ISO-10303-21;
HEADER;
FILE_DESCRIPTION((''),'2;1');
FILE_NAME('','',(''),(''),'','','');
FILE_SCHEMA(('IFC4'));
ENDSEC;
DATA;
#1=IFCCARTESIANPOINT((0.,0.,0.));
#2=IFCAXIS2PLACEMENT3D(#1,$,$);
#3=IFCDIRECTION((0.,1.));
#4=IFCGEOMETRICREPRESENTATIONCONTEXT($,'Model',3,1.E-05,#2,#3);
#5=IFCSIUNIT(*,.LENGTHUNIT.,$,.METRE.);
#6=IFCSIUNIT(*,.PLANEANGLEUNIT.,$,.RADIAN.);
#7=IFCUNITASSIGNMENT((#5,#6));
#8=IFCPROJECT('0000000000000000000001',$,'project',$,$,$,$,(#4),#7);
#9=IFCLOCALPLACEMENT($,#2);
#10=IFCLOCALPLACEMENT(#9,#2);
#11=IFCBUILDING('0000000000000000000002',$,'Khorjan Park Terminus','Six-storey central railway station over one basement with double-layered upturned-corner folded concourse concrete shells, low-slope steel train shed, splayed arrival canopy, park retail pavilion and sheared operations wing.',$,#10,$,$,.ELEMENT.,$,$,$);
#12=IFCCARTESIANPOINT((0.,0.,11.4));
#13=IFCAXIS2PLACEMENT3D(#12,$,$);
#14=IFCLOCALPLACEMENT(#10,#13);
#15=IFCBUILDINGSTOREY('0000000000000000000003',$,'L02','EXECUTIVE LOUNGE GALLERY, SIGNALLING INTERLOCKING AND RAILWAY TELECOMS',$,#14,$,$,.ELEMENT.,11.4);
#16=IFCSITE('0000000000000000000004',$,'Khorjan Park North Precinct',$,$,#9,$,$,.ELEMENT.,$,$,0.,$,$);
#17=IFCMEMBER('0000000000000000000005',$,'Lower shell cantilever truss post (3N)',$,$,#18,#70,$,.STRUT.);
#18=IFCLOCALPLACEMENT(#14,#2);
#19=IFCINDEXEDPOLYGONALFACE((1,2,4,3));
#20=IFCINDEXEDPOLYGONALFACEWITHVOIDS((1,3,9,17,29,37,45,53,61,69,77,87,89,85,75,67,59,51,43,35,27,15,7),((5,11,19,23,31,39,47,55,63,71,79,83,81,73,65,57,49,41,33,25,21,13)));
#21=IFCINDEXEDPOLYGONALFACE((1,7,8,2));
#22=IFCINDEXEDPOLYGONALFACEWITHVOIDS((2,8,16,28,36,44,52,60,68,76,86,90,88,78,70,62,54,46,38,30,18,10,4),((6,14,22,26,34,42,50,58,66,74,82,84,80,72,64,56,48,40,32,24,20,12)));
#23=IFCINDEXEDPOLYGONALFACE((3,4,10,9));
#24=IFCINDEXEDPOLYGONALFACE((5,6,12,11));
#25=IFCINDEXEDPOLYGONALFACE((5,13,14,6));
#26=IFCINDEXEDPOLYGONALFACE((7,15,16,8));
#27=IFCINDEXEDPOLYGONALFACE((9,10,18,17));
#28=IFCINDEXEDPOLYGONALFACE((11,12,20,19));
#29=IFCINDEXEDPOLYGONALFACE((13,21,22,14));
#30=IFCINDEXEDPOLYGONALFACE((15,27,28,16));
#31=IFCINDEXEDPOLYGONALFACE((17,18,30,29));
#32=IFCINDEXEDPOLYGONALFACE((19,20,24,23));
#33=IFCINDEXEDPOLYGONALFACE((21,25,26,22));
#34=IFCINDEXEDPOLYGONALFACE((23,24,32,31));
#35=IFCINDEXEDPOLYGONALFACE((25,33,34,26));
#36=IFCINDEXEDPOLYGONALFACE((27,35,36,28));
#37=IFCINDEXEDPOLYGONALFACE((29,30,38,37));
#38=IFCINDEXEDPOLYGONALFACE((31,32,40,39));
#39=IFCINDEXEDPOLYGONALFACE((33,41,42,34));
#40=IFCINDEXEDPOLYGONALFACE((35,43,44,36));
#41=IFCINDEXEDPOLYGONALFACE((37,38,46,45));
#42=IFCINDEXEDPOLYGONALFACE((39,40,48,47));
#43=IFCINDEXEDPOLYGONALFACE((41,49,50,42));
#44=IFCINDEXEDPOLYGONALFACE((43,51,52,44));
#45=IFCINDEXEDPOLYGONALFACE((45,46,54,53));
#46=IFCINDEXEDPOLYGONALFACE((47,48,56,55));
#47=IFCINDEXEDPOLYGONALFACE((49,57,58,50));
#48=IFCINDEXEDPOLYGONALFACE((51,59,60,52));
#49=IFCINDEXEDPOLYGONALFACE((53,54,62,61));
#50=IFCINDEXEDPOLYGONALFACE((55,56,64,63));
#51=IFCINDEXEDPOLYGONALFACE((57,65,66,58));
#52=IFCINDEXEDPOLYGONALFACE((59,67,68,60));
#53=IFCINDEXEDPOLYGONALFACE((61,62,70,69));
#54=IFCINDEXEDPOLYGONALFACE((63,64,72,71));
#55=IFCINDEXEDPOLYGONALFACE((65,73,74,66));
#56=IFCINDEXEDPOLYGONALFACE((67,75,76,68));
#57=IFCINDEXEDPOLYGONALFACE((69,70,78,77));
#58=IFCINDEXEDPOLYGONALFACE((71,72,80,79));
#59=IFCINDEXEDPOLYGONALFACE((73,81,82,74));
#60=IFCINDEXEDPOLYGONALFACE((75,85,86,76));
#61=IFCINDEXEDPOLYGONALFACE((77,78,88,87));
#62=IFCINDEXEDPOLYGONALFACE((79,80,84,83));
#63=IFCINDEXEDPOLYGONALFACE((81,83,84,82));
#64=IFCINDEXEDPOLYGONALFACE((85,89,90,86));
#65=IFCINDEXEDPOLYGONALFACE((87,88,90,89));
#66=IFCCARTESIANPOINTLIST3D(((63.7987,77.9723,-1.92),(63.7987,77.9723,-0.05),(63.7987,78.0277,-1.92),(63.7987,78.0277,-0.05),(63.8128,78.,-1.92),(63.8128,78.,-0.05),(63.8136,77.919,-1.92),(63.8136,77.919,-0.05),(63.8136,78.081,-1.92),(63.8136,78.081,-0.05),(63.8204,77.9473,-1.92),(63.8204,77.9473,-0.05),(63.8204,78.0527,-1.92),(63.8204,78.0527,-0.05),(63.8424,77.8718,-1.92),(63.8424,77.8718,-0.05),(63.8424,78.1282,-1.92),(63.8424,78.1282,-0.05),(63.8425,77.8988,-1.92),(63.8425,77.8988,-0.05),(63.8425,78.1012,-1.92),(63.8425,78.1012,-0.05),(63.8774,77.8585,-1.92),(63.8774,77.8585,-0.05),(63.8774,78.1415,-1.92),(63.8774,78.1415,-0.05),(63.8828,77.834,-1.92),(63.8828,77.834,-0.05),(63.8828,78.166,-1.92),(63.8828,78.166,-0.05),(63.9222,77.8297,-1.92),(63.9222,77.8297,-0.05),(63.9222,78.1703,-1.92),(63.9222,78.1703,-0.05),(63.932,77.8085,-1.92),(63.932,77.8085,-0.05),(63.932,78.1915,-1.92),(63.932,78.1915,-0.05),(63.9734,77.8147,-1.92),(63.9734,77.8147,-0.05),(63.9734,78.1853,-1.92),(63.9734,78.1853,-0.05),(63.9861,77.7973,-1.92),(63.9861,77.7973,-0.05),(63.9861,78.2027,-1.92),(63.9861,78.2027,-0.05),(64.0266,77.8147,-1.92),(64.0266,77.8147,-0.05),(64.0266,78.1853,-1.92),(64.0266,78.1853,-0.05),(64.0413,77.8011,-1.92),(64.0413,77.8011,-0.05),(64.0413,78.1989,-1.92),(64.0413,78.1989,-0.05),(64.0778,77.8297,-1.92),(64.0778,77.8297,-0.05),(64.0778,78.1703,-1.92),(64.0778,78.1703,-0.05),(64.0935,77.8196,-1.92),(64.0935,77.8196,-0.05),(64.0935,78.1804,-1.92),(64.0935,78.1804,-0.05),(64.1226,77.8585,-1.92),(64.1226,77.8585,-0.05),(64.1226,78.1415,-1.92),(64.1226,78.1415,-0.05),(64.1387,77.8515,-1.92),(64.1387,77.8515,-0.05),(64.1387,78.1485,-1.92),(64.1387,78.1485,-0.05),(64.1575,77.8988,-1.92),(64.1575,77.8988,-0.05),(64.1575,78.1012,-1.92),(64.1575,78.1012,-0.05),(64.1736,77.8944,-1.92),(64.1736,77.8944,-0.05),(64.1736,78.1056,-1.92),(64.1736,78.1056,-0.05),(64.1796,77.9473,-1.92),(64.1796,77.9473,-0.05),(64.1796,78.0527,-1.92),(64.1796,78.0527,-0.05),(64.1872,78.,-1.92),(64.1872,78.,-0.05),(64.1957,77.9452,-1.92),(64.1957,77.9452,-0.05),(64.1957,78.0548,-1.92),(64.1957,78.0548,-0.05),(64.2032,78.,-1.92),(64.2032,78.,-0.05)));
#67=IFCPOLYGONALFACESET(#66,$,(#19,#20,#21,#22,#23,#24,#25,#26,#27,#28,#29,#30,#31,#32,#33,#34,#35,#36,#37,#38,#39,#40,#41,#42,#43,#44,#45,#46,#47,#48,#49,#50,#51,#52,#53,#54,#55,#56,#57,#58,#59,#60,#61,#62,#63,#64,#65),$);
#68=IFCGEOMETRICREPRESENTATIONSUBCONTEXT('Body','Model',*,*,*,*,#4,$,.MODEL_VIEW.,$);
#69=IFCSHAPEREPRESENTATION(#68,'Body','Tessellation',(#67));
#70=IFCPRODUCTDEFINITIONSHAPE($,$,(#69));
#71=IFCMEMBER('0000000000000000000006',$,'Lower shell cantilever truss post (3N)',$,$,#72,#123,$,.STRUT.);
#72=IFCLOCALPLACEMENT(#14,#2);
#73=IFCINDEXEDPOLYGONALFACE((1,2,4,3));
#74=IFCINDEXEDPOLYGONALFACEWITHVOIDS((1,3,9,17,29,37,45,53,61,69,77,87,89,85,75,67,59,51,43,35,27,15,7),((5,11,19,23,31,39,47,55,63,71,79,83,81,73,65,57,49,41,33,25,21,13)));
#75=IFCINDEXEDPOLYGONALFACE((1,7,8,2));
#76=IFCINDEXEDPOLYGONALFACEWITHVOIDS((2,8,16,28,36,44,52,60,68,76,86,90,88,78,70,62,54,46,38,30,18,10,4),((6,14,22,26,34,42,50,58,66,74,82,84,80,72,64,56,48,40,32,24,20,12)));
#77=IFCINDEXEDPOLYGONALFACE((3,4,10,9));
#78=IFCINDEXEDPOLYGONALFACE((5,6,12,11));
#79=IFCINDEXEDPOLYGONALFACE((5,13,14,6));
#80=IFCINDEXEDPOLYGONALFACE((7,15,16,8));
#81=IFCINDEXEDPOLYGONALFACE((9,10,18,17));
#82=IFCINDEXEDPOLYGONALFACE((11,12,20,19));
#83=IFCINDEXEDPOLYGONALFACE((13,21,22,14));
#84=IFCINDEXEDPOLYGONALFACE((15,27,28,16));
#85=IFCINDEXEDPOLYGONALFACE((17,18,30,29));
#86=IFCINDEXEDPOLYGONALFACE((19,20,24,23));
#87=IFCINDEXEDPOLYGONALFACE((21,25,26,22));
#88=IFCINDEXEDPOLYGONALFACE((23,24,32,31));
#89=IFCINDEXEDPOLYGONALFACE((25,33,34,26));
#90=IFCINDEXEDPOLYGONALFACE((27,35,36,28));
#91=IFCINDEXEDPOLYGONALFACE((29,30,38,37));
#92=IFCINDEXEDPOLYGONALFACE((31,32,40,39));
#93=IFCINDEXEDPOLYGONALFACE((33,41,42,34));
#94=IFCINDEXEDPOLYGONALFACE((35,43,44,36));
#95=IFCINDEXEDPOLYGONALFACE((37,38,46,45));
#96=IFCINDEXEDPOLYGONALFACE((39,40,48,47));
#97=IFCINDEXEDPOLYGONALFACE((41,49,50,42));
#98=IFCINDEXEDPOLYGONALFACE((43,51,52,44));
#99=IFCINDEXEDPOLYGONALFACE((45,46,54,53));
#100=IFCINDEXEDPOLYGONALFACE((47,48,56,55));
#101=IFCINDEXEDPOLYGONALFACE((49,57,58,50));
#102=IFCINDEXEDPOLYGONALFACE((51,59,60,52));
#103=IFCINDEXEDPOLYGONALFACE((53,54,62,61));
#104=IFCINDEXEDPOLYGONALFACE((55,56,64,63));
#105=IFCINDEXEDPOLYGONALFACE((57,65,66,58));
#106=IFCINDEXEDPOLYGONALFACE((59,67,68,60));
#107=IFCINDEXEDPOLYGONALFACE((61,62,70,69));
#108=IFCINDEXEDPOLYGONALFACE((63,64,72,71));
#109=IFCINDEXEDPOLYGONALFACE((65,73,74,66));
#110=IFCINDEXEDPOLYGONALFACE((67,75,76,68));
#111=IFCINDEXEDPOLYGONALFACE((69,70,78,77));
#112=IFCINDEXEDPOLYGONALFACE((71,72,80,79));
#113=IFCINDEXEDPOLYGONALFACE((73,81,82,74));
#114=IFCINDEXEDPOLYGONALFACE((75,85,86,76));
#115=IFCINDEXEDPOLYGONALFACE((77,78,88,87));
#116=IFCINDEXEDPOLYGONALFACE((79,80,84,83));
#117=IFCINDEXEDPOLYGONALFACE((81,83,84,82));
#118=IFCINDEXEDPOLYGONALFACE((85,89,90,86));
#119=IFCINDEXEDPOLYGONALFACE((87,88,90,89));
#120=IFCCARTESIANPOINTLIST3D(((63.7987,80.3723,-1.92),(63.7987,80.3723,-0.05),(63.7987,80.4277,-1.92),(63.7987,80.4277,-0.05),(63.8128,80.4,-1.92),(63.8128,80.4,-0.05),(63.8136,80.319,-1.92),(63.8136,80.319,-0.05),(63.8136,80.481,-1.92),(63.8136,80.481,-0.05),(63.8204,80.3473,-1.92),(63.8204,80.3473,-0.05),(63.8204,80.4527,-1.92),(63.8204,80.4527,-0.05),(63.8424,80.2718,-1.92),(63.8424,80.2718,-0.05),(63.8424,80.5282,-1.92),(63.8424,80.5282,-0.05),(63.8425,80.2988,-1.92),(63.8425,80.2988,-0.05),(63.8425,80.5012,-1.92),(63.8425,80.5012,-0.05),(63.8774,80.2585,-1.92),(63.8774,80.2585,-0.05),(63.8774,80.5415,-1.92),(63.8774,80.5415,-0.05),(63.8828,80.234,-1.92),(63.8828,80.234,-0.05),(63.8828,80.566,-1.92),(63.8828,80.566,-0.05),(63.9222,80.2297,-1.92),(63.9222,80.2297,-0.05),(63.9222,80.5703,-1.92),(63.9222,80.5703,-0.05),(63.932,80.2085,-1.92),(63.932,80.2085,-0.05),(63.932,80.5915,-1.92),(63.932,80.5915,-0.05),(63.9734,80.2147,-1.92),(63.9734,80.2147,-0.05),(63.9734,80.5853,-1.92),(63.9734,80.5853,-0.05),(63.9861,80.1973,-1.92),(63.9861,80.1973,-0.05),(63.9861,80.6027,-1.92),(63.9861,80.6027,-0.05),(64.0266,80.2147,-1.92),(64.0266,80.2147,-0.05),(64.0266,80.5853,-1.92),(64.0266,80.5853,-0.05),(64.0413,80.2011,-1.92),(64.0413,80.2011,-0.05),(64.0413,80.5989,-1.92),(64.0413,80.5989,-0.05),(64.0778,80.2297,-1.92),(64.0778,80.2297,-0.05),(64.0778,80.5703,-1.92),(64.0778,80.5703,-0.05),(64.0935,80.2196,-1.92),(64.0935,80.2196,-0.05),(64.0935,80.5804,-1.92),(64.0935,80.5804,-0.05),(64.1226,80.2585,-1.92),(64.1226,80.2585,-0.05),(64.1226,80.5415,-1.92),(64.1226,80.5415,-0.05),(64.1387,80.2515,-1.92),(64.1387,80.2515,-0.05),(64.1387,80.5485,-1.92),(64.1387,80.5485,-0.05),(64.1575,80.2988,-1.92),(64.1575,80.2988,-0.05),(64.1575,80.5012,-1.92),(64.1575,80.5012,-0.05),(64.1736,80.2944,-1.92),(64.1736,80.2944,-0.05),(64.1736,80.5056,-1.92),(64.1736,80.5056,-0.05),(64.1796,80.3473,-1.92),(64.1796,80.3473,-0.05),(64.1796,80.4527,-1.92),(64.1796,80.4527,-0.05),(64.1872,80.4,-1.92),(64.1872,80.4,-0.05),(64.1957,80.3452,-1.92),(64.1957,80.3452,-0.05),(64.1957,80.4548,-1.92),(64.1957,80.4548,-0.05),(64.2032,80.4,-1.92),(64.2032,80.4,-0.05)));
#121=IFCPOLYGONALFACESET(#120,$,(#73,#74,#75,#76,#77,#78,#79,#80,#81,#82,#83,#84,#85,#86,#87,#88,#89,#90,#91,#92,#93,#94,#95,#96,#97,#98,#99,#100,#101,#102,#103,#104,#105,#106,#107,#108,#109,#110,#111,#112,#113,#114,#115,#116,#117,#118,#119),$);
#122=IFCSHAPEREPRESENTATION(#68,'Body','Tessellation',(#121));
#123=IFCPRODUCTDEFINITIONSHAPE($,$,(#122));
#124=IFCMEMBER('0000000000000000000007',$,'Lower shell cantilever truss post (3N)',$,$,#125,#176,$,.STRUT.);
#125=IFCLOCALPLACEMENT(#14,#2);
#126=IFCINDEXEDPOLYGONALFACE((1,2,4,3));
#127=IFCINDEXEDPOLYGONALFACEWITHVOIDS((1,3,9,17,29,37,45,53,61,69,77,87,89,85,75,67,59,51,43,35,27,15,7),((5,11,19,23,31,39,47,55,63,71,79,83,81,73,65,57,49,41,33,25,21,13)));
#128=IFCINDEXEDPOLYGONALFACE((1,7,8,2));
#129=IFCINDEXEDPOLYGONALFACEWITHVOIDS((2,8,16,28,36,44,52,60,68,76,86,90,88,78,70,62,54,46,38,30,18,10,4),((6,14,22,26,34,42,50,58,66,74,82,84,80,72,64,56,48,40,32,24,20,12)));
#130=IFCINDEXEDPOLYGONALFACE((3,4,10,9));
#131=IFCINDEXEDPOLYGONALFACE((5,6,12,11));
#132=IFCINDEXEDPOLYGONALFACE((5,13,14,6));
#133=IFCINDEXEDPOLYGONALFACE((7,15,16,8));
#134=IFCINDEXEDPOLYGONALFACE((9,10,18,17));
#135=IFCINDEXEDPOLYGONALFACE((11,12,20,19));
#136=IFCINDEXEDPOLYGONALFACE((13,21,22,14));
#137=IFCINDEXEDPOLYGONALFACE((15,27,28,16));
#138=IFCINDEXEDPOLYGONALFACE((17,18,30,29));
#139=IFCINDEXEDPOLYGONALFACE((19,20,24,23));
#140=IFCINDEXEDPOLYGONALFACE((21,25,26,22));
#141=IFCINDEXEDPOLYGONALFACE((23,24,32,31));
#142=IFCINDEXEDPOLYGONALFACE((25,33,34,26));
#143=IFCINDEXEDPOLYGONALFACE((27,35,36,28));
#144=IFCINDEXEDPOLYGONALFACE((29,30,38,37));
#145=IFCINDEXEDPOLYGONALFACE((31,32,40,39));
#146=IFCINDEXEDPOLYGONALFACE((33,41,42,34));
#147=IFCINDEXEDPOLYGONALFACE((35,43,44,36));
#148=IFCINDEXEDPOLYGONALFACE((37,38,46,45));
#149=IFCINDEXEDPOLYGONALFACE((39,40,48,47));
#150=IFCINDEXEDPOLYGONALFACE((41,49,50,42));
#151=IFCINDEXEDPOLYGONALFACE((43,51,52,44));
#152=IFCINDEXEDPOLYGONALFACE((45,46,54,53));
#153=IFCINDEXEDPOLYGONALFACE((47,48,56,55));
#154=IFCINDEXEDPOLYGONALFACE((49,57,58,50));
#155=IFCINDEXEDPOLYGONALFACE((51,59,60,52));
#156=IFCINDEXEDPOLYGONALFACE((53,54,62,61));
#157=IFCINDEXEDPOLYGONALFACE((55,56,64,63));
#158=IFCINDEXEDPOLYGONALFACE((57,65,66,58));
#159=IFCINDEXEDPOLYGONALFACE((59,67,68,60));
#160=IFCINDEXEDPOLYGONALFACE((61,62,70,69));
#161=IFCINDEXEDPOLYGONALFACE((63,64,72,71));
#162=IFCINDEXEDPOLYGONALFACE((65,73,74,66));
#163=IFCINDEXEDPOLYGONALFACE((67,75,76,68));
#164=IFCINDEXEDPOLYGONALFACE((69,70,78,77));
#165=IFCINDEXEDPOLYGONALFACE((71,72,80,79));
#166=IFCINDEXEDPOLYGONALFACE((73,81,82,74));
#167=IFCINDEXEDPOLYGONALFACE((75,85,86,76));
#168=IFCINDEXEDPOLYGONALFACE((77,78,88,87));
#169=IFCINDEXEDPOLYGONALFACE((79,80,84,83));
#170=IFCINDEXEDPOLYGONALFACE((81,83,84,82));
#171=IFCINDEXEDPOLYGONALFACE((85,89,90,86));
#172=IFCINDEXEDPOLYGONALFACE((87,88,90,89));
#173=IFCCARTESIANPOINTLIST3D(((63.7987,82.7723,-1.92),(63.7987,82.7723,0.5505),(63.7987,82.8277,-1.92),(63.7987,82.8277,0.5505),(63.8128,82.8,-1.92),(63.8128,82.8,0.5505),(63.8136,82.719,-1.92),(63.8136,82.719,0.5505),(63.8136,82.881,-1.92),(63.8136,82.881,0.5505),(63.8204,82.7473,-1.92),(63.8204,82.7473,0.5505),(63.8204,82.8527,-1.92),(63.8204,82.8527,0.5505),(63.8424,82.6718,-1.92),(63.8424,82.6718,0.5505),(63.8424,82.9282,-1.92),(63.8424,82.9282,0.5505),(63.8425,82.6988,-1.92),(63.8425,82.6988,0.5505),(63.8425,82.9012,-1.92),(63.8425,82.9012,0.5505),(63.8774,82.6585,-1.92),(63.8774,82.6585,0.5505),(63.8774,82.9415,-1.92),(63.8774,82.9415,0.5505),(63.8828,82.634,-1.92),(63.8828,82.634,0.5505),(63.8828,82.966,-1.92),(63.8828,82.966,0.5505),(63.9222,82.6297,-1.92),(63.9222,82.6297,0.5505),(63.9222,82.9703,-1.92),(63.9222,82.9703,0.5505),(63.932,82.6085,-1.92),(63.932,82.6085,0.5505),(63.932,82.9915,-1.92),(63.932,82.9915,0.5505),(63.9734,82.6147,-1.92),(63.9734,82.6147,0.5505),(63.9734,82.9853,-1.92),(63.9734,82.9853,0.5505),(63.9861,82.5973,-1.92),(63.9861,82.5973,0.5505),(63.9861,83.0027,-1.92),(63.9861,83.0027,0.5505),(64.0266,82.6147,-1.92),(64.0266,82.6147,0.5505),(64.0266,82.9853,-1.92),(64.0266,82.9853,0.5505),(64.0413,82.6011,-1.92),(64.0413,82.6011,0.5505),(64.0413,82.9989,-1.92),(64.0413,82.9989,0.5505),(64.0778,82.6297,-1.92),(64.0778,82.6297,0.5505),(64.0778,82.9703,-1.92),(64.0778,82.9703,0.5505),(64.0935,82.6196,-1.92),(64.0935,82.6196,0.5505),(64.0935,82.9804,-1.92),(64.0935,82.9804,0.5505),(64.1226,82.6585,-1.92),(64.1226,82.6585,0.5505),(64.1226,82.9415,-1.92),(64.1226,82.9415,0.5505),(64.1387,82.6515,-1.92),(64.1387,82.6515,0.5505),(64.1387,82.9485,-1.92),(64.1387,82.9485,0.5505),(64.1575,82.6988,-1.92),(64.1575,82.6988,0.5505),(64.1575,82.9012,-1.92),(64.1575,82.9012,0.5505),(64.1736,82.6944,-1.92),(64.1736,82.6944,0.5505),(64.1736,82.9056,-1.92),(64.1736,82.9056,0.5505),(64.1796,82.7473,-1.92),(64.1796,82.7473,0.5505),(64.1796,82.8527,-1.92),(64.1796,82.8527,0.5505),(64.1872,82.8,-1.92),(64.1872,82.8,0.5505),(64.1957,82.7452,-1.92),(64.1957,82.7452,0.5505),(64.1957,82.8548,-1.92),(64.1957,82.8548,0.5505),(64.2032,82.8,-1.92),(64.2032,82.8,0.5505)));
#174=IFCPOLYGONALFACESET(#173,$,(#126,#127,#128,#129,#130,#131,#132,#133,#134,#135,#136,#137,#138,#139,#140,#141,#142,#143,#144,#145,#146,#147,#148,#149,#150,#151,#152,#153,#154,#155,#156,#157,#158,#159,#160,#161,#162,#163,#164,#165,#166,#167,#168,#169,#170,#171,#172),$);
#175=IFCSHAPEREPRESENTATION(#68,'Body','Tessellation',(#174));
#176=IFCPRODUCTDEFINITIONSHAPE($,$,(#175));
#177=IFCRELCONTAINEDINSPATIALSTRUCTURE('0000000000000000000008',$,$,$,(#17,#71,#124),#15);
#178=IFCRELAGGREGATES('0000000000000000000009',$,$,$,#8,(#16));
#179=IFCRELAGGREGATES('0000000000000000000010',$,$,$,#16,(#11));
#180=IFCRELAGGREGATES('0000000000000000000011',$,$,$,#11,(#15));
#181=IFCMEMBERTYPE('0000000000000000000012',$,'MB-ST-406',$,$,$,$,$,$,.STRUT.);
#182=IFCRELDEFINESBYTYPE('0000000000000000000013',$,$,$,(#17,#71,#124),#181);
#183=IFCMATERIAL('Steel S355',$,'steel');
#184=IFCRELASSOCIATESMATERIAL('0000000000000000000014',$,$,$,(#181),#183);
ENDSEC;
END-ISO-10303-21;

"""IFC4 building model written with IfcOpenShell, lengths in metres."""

from ifc_helpers import new_model, si_unit, direction, frame, origin, origin_2d, place, context, subcontext, project, spatial, hollow_circle, extrude, material, material_profile, profile_set, type_object, element, save


model = new_model("IFC4")

# Units and contexts
model_context = context("Model", 3, precision=1e-05, world=origin(), true_north=direction((0.0, 1.0)))
body_context = subcontext(model_context, "Body", "Model", "MODEL_VIEW")
ifc_project = project(units=[si_unit("LENGTHUNIT", "METRE"), si_unit("PLANEANGLEUNIT", "RADIAN")], contexts=[model_context])

# Site, building, storey
site_placement = place(None, origin())
site = spatial("IfcSite", under=ifc_project, at=site_placement, Name="Khorjan Park North Precinct", CompositionType="ELEMENT", RefElevation=0.0)
building_placement = place(site_placement, origin())
building = spatial("IfcBuilding", under=site, at=building_placement, Name="Khorjan Park Terminus", Description="Six-storey central railway station over one basement with double-layered upturned-corner folded concourse concrete shells, low-slope steel train shed, splayed arrival canopy, park retail pavilion and sheared operations wing.", CompositionType="ELEMENT")
storey_placement = place(building_placement, frame((0.0, 0.0, 11.4)))
storey = spatial("IfcBuildingStorey", under=building, at=storey_placement, Name="L02", Description="EXECUTIVE LOUNGE GALLERY, SIGNALLING INTERLOCKING AND RAILWAY TELECOMS", CompositionType="ELEMENT", Elevation=11.4)

# Shared definitions
ifc_material_1 = material(Name="Steel S355", Category="steel")

# Members
ifc_material_profile_1 = material_profile(ifc_material_1, hollow_circle(Radius=0.2032, WallThickness=0.016, at=origin_2d()), Name="CHS 406.4x16")
ifc_profile_set_1 = profile_set([ifc_material_profile_1], Name="Steel S355")
member_type_1 = type_object("IfcMemberType", Name="MB-ST-406", PredefinedType="STRUT", material=ifc_profile_set_1)
for number, where, z_axis, x_axis, name in (
    (1, (64.0, 78.0, -1.92), (0.0, 0.0, 1.0), (1.0, 0.0, 0.0), "Lower shell cantilever truss post (3N)"),
    (2, (64.0, 80.4, -1.92), (0.0, 0.0, 1.0), (1.0, 0.0, 0.0), "Lower shell cantilever truss post (3N)"),
):
    element("IfcMember", number, at=place(storey_placement, frame(where, z_axis=z_axis, x_axis=x_axis)), inside=storey, type_object=member_type_1, Name=name, PredefinedType="STRUT", context=body_context, shape_type="SweptSolid", body=[
        extrude(hollow_circle(Radius=0.2032, WallThickness=0.016, at=origin_2d()), origin(), (0.0, 0.0, 1.0), 1.87),
    ])
member_1_placement = place(storey_placement, frame((64.0, 82.8, -1.92), z_axis=(0.0, 0.0, 1.0), x_axis=(1.0, 0.0, 0.0)))
element("IfcMember", 3, at=member_1_placement, inside=storey, type_object=member_type_1, Name="Lower shell cantilever truss post (3N)", PredefinedType="STRUT", context=body_context, shape_type="SweptSolid", body=[
    extrude(hollow_circle(Radius=0.2032, WallThickness=0.016, at=origin_2d()), origin(), (0.0, 0.0, 1.0), 2.4705),
])

save(model, "model.ifc")
